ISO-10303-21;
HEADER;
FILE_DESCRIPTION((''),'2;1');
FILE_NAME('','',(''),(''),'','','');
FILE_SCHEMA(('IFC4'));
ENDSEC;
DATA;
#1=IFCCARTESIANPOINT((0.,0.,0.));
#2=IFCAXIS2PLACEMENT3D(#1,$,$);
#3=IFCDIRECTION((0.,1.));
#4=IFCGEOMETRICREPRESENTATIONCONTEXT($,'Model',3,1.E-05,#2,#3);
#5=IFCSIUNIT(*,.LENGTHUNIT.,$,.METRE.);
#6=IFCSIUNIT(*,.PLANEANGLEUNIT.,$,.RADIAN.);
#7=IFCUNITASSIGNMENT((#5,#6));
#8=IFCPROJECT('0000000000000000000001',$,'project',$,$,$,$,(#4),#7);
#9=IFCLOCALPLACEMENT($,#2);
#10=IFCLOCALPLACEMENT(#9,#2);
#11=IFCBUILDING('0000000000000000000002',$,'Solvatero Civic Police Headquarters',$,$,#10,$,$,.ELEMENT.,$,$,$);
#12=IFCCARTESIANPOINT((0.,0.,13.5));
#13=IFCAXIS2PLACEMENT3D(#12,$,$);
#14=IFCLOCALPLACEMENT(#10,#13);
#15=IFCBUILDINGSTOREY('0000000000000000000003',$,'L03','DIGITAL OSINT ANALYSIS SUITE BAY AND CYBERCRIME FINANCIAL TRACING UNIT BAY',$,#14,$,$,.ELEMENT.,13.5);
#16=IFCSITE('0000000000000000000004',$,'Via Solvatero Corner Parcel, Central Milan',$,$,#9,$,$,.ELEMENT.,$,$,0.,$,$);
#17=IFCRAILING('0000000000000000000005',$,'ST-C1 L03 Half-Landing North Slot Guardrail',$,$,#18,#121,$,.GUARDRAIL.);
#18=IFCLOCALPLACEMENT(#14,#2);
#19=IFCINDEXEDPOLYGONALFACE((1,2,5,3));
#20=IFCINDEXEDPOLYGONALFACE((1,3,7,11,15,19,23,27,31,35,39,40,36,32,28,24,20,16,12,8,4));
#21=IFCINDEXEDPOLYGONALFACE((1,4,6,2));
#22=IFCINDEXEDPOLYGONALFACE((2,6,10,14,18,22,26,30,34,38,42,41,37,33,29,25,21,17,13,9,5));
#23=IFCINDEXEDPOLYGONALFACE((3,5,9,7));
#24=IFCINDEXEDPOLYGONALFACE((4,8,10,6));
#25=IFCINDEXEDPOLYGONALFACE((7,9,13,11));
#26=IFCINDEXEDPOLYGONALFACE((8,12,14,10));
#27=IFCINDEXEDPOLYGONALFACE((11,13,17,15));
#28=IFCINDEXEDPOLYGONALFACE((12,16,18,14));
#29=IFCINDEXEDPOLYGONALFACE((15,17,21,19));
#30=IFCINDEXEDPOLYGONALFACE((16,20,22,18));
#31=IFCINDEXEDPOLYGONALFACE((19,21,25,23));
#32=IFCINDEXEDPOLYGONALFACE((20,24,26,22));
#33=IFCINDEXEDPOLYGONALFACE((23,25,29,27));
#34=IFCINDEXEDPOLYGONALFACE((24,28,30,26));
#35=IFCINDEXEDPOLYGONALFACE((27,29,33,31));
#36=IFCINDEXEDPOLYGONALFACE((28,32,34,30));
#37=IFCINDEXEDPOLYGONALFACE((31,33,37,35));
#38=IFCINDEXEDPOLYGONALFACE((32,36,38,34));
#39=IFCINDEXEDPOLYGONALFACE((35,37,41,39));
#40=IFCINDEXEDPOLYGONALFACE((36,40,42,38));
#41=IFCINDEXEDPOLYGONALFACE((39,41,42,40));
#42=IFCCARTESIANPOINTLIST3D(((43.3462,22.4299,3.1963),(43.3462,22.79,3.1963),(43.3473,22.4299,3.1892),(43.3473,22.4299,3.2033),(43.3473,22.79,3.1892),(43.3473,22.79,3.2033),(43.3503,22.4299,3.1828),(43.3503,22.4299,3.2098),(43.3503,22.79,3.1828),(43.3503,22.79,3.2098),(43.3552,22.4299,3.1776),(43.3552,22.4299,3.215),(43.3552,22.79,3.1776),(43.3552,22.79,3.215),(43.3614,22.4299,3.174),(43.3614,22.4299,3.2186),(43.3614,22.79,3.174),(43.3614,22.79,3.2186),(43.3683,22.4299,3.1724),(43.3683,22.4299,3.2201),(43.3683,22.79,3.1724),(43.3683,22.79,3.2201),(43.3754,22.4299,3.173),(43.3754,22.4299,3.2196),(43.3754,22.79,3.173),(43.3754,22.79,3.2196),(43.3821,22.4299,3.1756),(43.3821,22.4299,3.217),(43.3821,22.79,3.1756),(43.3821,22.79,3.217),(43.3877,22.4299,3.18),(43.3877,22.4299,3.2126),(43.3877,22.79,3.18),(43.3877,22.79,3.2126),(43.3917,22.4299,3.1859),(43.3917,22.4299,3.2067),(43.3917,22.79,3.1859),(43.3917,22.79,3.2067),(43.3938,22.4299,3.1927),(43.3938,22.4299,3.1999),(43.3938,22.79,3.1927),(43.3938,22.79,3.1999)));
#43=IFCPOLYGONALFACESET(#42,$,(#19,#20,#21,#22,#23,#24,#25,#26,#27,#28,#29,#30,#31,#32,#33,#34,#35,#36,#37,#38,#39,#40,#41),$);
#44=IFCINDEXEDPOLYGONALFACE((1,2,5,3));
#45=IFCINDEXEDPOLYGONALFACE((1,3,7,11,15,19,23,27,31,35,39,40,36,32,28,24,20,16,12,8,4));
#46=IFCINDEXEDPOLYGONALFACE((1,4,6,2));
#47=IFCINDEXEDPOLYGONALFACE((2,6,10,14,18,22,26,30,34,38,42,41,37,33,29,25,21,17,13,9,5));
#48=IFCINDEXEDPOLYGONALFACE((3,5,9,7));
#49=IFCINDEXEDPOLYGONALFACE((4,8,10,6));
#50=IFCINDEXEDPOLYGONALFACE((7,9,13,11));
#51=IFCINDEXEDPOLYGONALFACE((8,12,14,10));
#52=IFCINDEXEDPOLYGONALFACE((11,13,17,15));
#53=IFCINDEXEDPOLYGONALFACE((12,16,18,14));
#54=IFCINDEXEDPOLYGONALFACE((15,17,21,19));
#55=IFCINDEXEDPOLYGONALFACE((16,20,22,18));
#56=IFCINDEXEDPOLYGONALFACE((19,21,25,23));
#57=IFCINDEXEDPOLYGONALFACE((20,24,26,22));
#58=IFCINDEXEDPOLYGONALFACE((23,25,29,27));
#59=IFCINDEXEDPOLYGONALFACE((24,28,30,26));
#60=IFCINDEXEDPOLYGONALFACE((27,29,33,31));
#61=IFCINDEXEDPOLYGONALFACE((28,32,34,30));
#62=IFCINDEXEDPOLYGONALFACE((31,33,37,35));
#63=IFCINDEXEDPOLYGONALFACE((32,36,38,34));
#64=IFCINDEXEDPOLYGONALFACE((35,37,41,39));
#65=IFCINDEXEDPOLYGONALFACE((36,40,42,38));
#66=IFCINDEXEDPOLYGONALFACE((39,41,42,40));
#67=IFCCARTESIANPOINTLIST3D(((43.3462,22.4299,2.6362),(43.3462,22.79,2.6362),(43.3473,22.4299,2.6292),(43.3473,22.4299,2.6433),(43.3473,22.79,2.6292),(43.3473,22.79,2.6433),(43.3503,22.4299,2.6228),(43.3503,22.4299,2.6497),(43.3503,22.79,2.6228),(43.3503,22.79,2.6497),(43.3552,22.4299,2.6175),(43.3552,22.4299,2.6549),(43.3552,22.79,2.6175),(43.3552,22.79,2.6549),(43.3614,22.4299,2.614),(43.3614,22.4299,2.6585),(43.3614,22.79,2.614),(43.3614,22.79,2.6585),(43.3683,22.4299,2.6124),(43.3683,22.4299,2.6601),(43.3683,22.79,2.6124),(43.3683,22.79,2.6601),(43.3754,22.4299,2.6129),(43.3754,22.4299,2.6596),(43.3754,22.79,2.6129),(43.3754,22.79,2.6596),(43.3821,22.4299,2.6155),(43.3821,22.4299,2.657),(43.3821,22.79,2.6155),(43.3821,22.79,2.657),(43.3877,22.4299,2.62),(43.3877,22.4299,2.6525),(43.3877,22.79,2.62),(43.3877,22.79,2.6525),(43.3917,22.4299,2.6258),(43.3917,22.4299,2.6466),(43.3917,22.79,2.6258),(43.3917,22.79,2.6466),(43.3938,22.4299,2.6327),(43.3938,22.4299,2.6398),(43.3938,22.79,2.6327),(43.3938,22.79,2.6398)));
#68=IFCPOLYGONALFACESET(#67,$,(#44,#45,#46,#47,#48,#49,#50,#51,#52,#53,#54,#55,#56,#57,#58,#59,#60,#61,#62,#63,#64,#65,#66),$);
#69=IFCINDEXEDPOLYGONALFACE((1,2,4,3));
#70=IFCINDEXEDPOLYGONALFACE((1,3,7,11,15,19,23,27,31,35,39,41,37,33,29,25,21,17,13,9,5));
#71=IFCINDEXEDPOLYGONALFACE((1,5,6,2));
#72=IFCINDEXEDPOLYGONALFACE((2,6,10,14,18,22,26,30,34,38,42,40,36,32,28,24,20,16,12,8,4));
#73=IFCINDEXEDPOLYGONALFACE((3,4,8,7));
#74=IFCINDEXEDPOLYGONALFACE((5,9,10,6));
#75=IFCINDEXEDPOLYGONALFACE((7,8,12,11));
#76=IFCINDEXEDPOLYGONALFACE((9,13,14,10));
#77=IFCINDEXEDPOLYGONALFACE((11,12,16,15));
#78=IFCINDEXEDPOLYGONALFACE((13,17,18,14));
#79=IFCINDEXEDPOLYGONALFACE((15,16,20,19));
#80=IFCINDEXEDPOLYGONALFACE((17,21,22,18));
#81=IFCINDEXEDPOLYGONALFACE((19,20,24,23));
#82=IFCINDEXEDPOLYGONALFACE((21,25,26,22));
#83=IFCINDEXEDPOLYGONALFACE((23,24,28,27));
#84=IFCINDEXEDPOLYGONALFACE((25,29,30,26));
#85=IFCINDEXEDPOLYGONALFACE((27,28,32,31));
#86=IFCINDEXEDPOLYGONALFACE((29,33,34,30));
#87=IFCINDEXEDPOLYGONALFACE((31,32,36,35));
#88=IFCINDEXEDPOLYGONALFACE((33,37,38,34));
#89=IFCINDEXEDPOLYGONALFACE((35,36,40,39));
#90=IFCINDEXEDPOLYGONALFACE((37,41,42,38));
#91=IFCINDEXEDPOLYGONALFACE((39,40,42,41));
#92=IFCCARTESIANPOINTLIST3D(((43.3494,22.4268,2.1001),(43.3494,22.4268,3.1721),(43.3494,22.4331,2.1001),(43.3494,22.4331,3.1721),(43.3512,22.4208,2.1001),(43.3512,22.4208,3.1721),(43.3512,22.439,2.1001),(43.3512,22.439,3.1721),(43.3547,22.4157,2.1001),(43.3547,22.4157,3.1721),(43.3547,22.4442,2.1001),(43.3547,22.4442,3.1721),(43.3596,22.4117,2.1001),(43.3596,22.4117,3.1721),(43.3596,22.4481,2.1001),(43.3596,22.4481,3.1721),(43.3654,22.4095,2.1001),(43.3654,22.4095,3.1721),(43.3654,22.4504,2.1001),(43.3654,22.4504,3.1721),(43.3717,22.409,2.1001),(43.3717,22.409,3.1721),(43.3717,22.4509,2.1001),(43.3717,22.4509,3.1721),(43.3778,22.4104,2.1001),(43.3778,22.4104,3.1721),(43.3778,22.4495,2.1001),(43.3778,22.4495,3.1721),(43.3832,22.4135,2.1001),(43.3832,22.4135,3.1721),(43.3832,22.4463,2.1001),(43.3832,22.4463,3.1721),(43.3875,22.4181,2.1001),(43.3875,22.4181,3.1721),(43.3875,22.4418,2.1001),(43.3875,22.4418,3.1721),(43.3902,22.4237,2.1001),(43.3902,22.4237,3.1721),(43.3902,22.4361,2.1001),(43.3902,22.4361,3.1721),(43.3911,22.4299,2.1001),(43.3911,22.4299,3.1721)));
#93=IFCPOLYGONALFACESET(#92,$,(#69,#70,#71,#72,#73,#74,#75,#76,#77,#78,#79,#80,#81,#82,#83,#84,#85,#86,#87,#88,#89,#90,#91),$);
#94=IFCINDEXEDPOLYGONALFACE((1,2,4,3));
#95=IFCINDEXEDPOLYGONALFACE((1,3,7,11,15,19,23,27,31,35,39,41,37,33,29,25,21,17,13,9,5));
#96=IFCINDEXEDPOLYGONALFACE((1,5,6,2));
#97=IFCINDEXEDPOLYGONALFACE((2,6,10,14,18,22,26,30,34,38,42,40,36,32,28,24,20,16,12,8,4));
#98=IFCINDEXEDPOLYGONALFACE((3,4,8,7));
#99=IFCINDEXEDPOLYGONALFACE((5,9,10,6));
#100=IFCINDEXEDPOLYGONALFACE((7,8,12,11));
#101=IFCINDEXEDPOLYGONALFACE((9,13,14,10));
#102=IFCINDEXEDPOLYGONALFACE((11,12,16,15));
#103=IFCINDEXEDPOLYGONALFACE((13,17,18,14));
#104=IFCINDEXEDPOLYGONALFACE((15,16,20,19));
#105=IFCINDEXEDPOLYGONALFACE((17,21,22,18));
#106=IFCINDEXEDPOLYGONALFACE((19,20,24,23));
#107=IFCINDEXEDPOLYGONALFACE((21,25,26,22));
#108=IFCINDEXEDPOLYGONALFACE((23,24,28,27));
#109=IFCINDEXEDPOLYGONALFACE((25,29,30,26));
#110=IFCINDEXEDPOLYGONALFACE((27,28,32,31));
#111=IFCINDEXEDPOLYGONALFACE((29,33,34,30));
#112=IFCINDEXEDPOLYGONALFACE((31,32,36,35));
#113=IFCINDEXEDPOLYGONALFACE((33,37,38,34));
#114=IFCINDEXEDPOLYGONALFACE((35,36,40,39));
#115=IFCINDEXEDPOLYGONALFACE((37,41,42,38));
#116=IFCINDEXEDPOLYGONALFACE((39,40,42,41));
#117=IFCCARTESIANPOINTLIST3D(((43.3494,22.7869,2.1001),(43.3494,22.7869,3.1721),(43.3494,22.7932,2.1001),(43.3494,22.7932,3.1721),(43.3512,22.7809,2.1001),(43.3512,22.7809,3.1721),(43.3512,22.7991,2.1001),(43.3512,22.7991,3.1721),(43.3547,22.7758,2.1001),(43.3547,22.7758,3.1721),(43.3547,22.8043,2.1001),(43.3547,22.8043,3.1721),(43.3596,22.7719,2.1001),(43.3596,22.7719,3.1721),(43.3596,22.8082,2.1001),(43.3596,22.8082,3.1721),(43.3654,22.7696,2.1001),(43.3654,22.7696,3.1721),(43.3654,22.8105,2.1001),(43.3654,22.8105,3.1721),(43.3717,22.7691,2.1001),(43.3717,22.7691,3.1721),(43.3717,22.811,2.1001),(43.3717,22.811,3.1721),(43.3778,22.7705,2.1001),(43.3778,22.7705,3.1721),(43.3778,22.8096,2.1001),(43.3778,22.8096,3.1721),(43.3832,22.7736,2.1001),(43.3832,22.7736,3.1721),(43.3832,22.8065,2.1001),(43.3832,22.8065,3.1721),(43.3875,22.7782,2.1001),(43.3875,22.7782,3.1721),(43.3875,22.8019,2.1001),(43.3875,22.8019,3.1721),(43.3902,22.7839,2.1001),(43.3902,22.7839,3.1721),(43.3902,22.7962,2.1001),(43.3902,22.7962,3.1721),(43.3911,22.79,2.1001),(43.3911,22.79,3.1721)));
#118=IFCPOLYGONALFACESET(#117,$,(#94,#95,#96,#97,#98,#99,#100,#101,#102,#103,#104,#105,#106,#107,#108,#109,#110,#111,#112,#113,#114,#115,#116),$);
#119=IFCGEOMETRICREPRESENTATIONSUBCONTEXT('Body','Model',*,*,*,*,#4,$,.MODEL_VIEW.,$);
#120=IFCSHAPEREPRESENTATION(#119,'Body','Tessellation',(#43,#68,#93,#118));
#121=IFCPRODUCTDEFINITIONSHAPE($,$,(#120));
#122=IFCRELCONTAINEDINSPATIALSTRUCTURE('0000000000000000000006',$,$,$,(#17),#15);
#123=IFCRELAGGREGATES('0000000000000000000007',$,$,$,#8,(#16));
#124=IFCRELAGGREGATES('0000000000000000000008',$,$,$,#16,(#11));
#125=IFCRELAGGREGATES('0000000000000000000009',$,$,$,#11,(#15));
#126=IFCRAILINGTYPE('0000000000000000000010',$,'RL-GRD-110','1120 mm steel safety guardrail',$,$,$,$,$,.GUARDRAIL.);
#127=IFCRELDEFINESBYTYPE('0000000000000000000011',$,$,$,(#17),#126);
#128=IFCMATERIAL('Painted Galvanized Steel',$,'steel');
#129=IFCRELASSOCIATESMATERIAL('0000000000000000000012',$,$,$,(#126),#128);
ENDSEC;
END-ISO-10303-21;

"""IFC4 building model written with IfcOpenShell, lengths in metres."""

from ifc_helpers import new_model, si_unit, direction, frame, origin, origin_2d, place, context, subcontext, project, spatial, circle, extrude, material, type_object, element, save


model = new_model("IFC4")

# Units and contexts
model_context = context("Model", 3, precision=1e-05, world=origin(), true_north=direction((0.0, 1.0)))
body_context = subcontext(model_context, "Body", "Model", "MODEL_VIEW")
ifc_project = project(units=[si_unit("LENGTHUNIT", "METRE"), si_unit("PLANEANGLEUNIT", "RADIAN")], contexts=[model_context])

# Site, building, storey
site_placement = place(None, origin())
site = spatial("IfcSite", under=ifc_project, at=site_placement, Name="Via Solvatero Corner Parcel, Central Milan", CompositionType="ELEMENT", RefElevation=0.0)
building_placement = place(site_placement, origin())
building = spatial("IfcBuilding", under=site, at=building_placement, Name="Solvatero Civic Police Headquarters", CompositionType="ELEMENT")
storey_placement = place(building_placement, frame((0.0, 0.0, 13.5)))
storey = spatial("IfcBuildingStorey", under=building, at=storey_placement, Name="L03", Description="DIGITAL OSINT ANALYSIS SUITE BAY AND CYBERCRIME FINANCIAL TRACING UNIT BAY", CompositionType="ELEMENT", Elevation=13.5)

# Railing
ifc_material_1 = material(Name="Painted Galvanized Steel", Category="steel")
railing_type_1 = type_object("IfcRailingType", Name="RL-GRD-110", Description="1120 mm steel safety guardrail", PredefinedType="GUARDRAIL", material=ifc_material_1)
railing_1_placement = place(storey_placement, frame((43.3701, 22.4299, 2.1001)))
element("IfcRailing", 1, at=railing_1_placement, inside=storey, type_object=railing_type_1, Name="ST-C1 L03 Half-Landing North Slot Guardrail", PredefinedType="GUARDRAIL", context=body_context, shape_type="SweptSolid", body=[
    extrude(circle(Radius=0.0239, at=origin_2d()), frame((0.0, 0.0, 1.0962), z_axis=(0.0, 1.0, 0.0), x_axis=(-1.0, 0.0, 0.0)), (0.0, 0.0, 1.0), 0.3601),
    extrude(circle(Radius=0.0239, at=origin_2d()), frame((0.0, 0.0, 0.5361), z_axis=(0.0, 1.0, 0.0), x_axis=(-1.0, 0.0, 0.0)), (0.0, 0.0, 1.0), 0.3601),
    extrude(circle(Radius=0.021, at=origin_2d()), origin(), (0.0, 0.0, 1.0), 1.072),
    extrude(circle(Radius=0.021, at=origin_2d()), frame((0.0, 0.3601, 0.0)), (0.0, 0.0, 1.0), 1.072),
])

save(model, "model.ifc")
